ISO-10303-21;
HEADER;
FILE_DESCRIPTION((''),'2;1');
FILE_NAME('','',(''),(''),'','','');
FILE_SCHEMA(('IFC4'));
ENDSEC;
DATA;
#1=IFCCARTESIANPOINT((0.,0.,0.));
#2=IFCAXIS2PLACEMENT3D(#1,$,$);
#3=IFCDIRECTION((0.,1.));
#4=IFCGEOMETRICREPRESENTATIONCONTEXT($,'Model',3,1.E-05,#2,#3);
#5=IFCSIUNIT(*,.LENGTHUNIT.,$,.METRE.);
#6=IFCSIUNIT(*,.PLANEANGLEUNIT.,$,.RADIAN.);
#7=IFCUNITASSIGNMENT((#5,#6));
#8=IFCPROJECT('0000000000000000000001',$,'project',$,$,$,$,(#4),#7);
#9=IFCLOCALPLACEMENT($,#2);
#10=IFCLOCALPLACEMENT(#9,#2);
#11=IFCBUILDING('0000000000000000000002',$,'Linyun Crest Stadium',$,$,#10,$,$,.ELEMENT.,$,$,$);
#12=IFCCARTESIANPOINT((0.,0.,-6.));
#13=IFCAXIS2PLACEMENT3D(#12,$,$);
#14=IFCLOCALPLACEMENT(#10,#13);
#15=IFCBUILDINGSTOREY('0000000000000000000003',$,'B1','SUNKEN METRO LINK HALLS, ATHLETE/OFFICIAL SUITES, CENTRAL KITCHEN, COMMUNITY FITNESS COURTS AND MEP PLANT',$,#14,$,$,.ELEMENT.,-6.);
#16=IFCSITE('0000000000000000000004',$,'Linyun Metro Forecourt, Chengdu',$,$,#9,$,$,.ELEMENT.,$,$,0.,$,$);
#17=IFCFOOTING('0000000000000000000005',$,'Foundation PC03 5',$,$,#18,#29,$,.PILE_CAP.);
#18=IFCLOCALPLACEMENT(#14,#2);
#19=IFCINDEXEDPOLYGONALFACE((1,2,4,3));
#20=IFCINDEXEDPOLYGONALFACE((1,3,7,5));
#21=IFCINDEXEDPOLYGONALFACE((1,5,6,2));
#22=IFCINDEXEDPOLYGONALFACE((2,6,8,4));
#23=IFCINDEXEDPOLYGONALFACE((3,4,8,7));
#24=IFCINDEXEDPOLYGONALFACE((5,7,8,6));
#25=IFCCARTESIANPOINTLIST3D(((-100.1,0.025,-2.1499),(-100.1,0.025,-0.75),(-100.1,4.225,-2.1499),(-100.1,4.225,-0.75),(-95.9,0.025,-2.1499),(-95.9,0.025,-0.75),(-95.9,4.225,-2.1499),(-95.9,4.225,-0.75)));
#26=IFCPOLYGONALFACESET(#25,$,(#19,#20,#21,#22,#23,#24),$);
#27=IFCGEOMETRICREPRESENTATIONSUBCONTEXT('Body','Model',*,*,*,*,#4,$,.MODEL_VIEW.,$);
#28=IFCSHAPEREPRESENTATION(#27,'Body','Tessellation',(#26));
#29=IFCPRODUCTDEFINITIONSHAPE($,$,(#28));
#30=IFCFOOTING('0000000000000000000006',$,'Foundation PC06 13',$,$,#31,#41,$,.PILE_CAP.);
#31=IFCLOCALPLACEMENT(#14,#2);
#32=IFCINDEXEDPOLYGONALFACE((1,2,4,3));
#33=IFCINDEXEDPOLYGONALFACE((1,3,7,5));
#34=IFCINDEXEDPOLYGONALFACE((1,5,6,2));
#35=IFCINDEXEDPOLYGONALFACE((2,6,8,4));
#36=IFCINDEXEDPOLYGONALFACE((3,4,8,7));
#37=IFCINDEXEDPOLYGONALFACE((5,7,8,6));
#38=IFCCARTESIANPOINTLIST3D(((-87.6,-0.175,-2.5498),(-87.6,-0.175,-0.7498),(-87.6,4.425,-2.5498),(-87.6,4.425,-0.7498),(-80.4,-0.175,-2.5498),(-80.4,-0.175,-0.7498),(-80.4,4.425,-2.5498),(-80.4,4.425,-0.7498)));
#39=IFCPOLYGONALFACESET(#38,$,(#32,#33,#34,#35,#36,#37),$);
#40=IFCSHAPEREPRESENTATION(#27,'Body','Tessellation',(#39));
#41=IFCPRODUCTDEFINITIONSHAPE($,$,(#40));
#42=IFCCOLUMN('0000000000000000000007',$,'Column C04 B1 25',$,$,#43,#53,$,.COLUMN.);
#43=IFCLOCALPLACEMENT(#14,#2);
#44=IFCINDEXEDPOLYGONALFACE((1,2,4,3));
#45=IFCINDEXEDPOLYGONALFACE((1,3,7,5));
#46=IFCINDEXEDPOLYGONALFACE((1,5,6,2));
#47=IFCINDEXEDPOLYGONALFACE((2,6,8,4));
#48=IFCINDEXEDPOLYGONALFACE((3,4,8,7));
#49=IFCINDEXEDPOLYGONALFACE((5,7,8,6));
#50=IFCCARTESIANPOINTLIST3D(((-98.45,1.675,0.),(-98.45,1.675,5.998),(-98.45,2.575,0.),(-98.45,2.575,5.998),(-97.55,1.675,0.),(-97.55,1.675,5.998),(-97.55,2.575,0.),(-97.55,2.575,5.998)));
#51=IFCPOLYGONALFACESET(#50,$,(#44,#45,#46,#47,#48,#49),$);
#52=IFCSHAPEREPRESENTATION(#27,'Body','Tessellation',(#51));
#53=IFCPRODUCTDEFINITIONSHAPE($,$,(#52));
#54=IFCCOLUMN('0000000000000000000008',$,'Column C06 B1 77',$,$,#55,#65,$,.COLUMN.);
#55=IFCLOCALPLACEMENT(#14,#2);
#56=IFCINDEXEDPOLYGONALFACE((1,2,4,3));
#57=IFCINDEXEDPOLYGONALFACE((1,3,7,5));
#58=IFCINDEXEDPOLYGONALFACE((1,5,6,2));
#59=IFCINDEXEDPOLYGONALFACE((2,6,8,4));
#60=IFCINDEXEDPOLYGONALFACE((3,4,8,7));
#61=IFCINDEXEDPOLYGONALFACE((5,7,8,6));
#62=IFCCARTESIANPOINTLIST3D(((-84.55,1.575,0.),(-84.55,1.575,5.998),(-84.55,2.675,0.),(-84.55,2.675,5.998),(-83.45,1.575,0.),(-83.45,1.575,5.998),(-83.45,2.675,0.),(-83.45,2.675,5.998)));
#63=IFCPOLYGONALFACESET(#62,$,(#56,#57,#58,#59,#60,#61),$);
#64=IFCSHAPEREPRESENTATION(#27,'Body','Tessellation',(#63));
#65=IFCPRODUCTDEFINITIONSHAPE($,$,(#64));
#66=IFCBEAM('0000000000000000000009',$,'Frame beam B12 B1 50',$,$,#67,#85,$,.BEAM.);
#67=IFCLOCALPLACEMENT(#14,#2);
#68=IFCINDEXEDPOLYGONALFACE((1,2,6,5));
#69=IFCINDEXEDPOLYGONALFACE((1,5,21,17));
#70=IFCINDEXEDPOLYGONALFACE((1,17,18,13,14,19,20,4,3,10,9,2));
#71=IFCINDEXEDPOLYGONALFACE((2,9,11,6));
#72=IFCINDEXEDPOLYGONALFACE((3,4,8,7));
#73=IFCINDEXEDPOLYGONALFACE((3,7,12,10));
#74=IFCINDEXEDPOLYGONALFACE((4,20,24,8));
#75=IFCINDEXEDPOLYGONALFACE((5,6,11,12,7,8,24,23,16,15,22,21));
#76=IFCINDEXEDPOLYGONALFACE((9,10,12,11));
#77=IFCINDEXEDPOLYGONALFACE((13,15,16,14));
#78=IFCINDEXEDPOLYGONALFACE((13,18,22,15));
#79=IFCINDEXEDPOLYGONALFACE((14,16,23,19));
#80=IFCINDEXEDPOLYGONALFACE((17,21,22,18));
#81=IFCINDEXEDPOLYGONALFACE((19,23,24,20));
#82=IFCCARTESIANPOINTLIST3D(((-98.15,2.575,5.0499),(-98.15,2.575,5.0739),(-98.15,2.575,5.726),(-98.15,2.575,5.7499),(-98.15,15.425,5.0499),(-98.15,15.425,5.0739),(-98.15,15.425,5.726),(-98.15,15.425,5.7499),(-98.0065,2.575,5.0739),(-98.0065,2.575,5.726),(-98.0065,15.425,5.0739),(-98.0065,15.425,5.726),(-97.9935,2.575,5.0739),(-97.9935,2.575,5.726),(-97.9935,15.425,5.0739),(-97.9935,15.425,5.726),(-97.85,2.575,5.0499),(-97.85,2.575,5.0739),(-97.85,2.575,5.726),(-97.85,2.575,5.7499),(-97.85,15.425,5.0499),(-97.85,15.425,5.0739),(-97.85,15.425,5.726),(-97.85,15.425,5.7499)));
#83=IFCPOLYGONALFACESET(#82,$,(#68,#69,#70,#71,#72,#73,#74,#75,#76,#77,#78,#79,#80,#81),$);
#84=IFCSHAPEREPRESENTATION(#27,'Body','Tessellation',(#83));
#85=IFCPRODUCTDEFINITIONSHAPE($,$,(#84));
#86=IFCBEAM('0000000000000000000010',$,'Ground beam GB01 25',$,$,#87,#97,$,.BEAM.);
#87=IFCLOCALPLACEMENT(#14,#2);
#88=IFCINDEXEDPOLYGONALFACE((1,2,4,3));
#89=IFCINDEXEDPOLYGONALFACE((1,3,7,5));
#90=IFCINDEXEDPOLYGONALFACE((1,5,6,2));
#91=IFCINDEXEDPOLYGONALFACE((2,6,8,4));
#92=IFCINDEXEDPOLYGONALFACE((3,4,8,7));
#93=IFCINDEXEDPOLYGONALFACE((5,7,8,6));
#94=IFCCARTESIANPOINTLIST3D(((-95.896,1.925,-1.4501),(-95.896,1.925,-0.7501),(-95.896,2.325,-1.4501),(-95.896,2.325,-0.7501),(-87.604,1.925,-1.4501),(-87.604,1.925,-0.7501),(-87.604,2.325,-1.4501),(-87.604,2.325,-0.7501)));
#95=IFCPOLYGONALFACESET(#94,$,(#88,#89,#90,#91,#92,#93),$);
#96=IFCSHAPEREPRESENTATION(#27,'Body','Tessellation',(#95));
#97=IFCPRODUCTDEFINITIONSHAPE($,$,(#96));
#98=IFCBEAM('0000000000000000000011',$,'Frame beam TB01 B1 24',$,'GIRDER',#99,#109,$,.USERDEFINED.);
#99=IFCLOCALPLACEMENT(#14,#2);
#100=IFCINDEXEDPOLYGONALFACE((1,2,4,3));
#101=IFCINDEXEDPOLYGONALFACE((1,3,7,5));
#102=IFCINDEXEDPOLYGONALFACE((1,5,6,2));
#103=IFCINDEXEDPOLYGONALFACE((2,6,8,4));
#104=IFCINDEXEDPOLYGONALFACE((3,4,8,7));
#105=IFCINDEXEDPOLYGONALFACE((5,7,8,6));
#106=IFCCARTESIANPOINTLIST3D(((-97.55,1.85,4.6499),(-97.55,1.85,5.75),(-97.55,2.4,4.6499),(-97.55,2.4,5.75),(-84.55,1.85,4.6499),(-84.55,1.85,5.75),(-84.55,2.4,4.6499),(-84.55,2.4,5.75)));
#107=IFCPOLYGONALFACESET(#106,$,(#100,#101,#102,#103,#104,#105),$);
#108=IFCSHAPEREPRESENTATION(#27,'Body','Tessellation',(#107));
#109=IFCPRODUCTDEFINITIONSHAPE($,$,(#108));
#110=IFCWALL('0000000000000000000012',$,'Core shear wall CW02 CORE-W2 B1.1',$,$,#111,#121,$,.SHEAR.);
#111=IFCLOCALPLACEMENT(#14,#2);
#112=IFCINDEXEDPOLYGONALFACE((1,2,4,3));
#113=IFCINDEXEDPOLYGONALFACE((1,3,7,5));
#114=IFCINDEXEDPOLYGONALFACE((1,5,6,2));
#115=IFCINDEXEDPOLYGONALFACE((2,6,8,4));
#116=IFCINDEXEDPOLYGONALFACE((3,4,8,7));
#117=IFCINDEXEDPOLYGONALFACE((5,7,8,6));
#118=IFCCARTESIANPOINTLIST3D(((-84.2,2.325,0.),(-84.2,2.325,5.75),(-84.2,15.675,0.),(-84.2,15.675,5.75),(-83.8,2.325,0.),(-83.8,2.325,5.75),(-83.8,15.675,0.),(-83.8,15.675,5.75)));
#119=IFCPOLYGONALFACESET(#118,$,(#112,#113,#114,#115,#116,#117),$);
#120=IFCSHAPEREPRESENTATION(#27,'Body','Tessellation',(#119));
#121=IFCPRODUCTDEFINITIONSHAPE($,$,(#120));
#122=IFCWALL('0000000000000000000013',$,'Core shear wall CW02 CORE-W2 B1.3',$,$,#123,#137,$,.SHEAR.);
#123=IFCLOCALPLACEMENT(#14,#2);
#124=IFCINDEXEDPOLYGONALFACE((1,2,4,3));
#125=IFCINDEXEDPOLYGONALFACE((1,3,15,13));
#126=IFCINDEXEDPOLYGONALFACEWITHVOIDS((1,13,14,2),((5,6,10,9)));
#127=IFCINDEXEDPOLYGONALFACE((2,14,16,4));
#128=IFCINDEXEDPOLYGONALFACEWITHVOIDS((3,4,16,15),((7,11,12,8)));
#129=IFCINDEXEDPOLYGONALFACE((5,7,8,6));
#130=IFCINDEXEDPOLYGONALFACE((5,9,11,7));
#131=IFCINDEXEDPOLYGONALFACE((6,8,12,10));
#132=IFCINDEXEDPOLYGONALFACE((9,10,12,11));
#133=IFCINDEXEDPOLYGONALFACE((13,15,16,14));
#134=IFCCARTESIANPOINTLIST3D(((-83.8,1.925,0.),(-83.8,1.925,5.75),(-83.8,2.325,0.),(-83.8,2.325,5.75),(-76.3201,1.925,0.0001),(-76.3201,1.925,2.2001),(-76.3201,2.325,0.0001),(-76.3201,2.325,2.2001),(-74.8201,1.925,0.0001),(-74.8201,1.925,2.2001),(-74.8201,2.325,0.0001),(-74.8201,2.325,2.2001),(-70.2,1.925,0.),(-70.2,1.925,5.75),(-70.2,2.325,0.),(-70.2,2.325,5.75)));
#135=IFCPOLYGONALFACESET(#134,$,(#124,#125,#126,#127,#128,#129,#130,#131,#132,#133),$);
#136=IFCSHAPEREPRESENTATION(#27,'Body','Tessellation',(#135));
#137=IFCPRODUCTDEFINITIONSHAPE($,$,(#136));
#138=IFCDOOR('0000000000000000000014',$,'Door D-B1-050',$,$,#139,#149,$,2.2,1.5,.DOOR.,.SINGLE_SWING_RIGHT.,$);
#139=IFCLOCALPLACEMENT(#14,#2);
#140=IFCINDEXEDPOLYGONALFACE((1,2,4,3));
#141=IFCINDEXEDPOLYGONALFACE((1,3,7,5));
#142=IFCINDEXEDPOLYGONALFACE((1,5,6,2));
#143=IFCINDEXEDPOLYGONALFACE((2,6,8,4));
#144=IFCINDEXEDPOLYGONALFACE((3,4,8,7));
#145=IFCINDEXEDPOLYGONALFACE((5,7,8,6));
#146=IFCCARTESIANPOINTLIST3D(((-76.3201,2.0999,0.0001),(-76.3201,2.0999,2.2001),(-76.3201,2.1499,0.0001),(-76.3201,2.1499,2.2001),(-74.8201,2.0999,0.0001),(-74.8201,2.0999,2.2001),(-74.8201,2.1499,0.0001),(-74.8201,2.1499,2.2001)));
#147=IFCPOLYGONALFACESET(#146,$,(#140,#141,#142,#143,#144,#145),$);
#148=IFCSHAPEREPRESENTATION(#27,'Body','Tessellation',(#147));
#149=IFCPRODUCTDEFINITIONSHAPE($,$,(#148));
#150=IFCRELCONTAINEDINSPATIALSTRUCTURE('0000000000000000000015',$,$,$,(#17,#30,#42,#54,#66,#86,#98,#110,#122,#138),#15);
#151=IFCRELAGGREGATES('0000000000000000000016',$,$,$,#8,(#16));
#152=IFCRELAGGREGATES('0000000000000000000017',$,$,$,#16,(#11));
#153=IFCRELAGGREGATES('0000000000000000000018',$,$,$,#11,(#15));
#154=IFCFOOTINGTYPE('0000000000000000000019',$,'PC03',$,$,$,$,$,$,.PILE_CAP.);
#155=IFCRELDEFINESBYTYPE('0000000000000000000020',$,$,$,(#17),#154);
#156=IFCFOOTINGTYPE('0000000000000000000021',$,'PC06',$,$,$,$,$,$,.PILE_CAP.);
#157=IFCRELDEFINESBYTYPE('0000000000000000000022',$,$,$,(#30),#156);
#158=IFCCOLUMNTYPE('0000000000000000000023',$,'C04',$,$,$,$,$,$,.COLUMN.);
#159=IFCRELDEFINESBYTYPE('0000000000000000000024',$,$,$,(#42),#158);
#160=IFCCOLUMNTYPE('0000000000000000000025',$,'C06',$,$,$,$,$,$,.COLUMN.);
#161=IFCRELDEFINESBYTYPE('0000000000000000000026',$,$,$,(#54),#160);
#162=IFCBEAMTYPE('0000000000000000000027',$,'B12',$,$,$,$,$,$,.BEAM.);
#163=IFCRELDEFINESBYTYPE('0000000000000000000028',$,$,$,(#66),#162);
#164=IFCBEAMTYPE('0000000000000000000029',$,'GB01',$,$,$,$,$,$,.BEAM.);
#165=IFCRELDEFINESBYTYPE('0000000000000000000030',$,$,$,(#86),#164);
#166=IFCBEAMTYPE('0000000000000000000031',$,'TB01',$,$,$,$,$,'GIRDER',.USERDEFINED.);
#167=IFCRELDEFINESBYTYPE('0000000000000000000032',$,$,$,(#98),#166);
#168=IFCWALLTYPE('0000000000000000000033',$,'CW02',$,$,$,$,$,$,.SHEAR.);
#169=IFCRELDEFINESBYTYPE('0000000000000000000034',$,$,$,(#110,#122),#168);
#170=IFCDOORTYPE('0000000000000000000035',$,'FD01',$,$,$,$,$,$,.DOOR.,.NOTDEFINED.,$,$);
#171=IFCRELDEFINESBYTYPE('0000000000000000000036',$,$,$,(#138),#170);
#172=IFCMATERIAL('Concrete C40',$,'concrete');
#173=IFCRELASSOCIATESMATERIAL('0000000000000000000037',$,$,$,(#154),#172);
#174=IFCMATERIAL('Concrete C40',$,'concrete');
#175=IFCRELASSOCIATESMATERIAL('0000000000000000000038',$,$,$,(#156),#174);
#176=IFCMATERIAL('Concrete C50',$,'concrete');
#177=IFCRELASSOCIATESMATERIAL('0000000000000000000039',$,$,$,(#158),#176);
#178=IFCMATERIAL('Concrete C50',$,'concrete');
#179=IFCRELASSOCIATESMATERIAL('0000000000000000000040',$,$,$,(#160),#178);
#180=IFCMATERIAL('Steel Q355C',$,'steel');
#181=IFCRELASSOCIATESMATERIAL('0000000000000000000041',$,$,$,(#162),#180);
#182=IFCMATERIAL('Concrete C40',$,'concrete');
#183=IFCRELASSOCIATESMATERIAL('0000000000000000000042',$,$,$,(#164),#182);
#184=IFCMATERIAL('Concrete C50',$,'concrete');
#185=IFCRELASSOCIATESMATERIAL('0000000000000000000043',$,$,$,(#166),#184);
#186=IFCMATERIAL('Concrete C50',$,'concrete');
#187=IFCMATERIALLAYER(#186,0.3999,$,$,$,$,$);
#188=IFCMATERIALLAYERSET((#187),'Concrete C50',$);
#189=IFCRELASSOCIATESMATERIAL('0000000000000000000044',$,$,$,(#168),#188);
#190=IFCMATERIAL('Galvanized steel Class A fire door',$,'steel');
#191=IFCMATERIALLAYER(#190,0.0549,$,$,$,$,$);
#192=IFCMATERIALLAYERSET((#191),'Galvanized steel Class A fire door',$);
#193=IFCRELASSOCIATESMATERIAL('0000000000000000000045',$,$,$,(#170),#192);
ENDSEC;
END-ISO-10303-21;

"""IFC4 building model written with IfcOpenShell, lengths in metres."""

from ifc_helpers import new_model, si_unit, direction, frame, frame_2d, origin, origin_2d, place, context, subcontext, project, spatial, rectangle, i_section, extrude, material, layer, layer_set, material_profile, profile_set, type_object, element, fill, save


model = new_model("IFC4")

# Units and contexts
model_context = context("Model", 3, precision=1e-05, world=origin(), true_north=direction((0.0, 1.0)))
body_context = subcontext(model_context, "Body", "Model", "MODEL_VIEW")
ifc_project = project(units=[si_unit("LENGTHUNIT", "METRE"), si_unit("PLANEANGLEUNIT", "RADIAN")], contexts=[model_context])

# Site, building, storey
site_placement = place(None, origin())
site = spatial("IfcSite", under=ifc_project, at=site_placement, Name="Linyun Metro Forecourt, Chengdu", CompositionType="ELEMENT", RefElevation=0.0)
building_placement = place(site_placement, origin())
building = spatial("IfcBuilding", under=site, at=building_placement, Name="Linyun Crest Stadium", CompositionType="ELEMENT")
storey_placement = place(building_placement, frame((0.0, 0.0, -6.0)))
storey = spatial("IfcBuildingStorey", under=building, at=storey_placement, Name="B1", Description="SUNKEN METRO LINK HALLS, ATHLETE/OFFICIAL SUITES, CENTRAL KITCHEN, COMMUNITY FITNESS COURTS AND MEP PLANT", CompositionType="ELEMENT", Elevation=-6.0)

# Footings
ifc_material_1 = material(Name="Concrete C40", Category="concrete")
footing_type_1 = type_object("IfcFootingType", Name="PC03", PredefinedType="PILE_CAP", material=ifc_material_1)
footing_1_placement = place(storey_placement, frame((-98.0, 2.125, -2.1499), z_axis=(0.0, 0.0, 1.0), x_axis=(1.0, 0.0, 0.0)))
element("IfcFooting", 1, at=footing_1_placement, inside=storey, type_object=footing_type_1, Name="Foundation PC03 5", PredefinedType="PILE_CAP", context=body_context, shape_type="SweptSolid", body=[
    extrude(rectangle(XDim=4.2, YDim=4.2, at=origin_2d()), origin(), (0.0, 0.0, 1.0), 1.3999),
])
ifc_material_2 = material(Name="Concrete C40", Category="concrete")
footing_type_2 = type_object("IfcFootingType", Name="PC06", PredefinedType="PILE_CAP", material=ifc_material_2)
footing_2_placement = place(storey_placement, frame((-84.0, 2.125, -2.5498), z_axis=(0.0, 0.0, 1.0), x_axis=(1.0, 0.0, 0.0)))
element("IfcFooting", 2, at=footing_2_placement, inside=storey, type_object=footing_type_2, Name="Foundation PC06 13", PredefinedType="PILE_CAP", context=body_context, shape_type="SweptSolid", body=[
    extrude(rectangle(XDim=7.2, YDim=4.6001, at=origin_2d()), origin(), (0.0, 0.0, 1.0), 1.8),
])

# Columns
ifc_material_3 = material(Name="Concrete C50", Category="concrete")
ifc_material_profile_1 = material_profile(ifc_material_3, rectangle(XDim=0.8999, YDim=0.8999, at=origin_2d()), Name="RC 900x900")
ifc_profile_set_1 = profile_set([ifc_material_profile_1], Name="Concrete C50")
column_type_1 = type_object("IfcColumnType", Name="C04", PredefinedType="COLUMN", material=ifc_profile_set_1)
column_1_placement = place(storey_placement, frame((-98.0, 2.125, 0.0), z_axis=(0.0, 0.0, 1.0), x_axis=(1.0, 0.0, 0.0)))
element("IfcColumn", 3, at=column_1_placement, inside=storey, type_object=column_type_1, Name="Column C04 B1 25", PredefinedType="COLUMN", context=body_context, shape_type="SweptSolid", body=[
    extrude(rectangle(XDim=0.8999, YDim=0.8999, at=origin_2d()), origin(), (0.0, 0.0, 1.0), 5.998),
])
ifc_material_4 = material(Name="Concrete C50", Category="concrete")
ifc_material_profile_2 = material_profile(ifc_material_4, rectangle(XDim=1.1001, YDim=1.1001, at=origin_2d()), Name="RC 1100x1100")
ifc_profile_set_2 = profile_set([ifc_material_profile_2], Name="Concrete C50")
column_type_2 = type_object("IfcColumnType", Name="C06", PredefinedType="COLUMN", material=ifc_profile_set_2)
column_2_placement = place(storey_placement, frame((-84.0, 2.125, 0.0), z_axis=(0.0, 0.0, 1.0), x_axis=(1.0, 0.0, 0.0)))
element("IfcColumn", 4, at=column_2_placement, inside=storey, type_object=column_type_2, Name="Column C06 B1 77", PredefinedType="COLUMN", context=body_context, shape_type="SweptSolid", body=[
    extrude(rectangle(XDim=1.1001, YDim=1.1001, at=origin_2d()), origin(), (0.0, 0.0, 1.0), 5.998),
])

# Beams
ifc_material_5 = material(Name="Steel Q355C", Category="steel")
ifc_material_profile_3 = material_profile(ifc_material_5, i_section(OverallWidth=0.3, OverallDepth=0.7, WebThickness=0.0129, FlangeThickness=0.0239, at=origin_2d()), Name="HN 700x300")
ifc_profile_set_3 = profile_set([ifc_material_profile_3], Name="Steel Q355C")
beam_type_1 = type_object("IfcBeamType", Name="B12", PredefinedType="BEAM", material=ifc_profile_set_3)
beam_1_placement = place(storey_placement, frame((-98.0, 2.575, 5.3999), z_axis=(0.0, 1.0, 0.0), x_axis=(-1.0, 0.0, 0.0)))
element("IfcBeam", 5, at=beam_1_placement, inside=storey, type_object=beam_type_1, Name="Frame beam B12 B1 50", PredefinedType="BEAM", context=body_context, shape_type="SweptSolid", body=[
    extrude(i_section(OverallWidth=0.3, OverallDepth=0.7, WebThickness=0.0129, FlangeThickness=0.0239, at=origin_2d()), origin(), (0.0, 0.0, 1.0), 12.8501),
])
ifc_material_6 = material(Name="Concrete C40", Category="concrete")
ifc_material_profile_4 = material_profile(ifc_material_6, rectangle(XDim=0.3999, YDim=0.7, at=origin_2d()), Name="RCB 700x400")
ifc_profile_set_4 = profile_set([ifc_material_profile_4], Name="Concrete C40")
beam_type_2 = type_object("IfcBeamType", Name="GB01", PredefinedType="BEAM", material=ifc_profile_set_4)
beam_2_placement = place(storey_placement, frame((-95.896, 2.125, -1.1001), z_axis=(1.0, 0.0, 0.0), x_axis=(0.0, 1.0, 0.0)))
element("IfcBeam", 6, at=beam_2_placement, inside=storey, type_object=beam_type_2, Name="Ground beam GB01 25", PredefinedType="BEAM", context=body_context, shape_type="SweptSolid", body=[
    extrude(rectangle(XDim=0.3999, YDim=0.7, at=origin_2d()), origin(), (0.0, 0.0, 1.0), 8.292),
])
ifc_material_7 = material(Name="Concrete C50", Category="concrete")
ifc_material_profile_5 = material_profile(ifc_material_7, rectangle(XDim=0.55, YDim=1.1001, at=origin_2d()), Name="RCB 1100x550")
ifc_profile_set_5 = profile_set([ifc_material_profile_5], Name="Concrete C50")
beam_type_3 = type_object("IfcBeamType", Name="TB01", ElementType="GIRDER", PredefinedType="USERDEFINED", material=ifc_profile_set_5)
beam_3_placement = place(storey_placement, frame((-97.55, 2.125, 5.2), z_axis=(1.0, 0.0, 0.0), x_axis=(0.0, 1.0, 0.0)))
element("IfcBeam", 7, at=beam_3_placement, inside=storey, type_object=beam_type_3, Name="Frame beam TB01 B1 24", ObjectType="GIRDER", PredefinedType="USERDEFINED", context=body_context, shape_type="SweptSolid", body=[
    extrude(rectangle(XDim=0.55, YDim=1.1001, at=origin_2d()), origin(), (0.0, 0.0, 1.0), 13.0),
])

# Wall
ifc_material_8 = material(Name="Concrete C50", Category="concrete")
ifc_layer_1 = layer(ifc_material_8, 0.3999)
ifc_layer_set_1 = layer_set([ifc_layer_1], Name="Concrete C50")
wall_type_1 = type_object("IfcWallType", Name="CW02", PredefinedType="SHEAR", material=ifc_layer_set_1)
wall_1_placement = place(storey_placement, frame((-84.0, 2.325, 0.0), z_axis=(0.0, 0.0, 1.0), x_axis=(0.0, 1.0, 0.0)))
element("IfcWall", 8, at=wall_1_placement, inside=storey, type_object=wall_type_1, Name="Core shear wall CW02 CORE-W2 B1.1", PredefinedType="SHEAR", context=body_context, shape_type="SweptSolid", body=[
    extrude(rectangle(XDim=13.3501, YDim=0.3999, at=frame_2d((6.675, 0.0))), origin(), (0.0, 0.0, 1.0), 5.75),
])

# Wall, opening, door
wall_2_placement = place(storey_placement, frame((-83.8, 2.125, 0.0), z_axis=(0.0, 0.0, 1.0), x_axis=(1.0, 0.0, 0.0)))
wall_2 = element("IfcWall", 9, at=wall_2_placement, inside=storey, type_object=wall_type_1, Name="Core shear wall CW02 CORE-W2 B1.3", PredefinedType="SHEAR", context=body_context, shape_type="SweptSolid", body=[
    extrude(rectangle(XDim=13.6001, YDim=0.3999, at=frame_2d((6.8, 0.0))), origin(), (0.0, 0.0, 1.0), 5.75),
])
opening_1_placement = place(wall_2_placement, frame((7.48, 0.0, 0.0)))
opening_1 = element("IfcOpeningElement", 10, at=opening_1_placement, cuts=wall_2, PredefinedType="OPENING", context=body_context, shape_type="SweptSolid", body=[
    extrude(rectangle(XDim=1.5, YDim=2.2, at=frame_2d((0.75, 1.1001))), frame((0.0, 0.21, 0.0), z_axis=(0.0, -1.0, 0.0), x_axis=(1.0, 0.0, 0.0)), (0.0, 0.0, 1.0), 0.4199),
])
ifc_material_9 = material(Name="Galvanized steel Class A fire door", Category="steel")
ifc_layer_2 = layer(ifc_material_9, 0.0549)
ifc_layer_set_2 = layer_set([ifc_layer_2], Name="Galvanized steel Class A fire door")
door_type_1 = type_object("IfcDoorType", Name="FD01", OperationType="NOTDEFINED", PredefinedType="DOOR", material=ifc_layer_set_2)
door_1_placement = place(opening_1_placement, origin())
door_1 = element("IfcDoor", 11, at=door_1_placement, inside=storey, type_object=door_type_1, Name="Door D-B1-050", OperationType="SINGLE_SWING_RIGHT", OverallHeight=2.2, OverallWidth=1.5, PredefinedType="DOOR", context=body_context, shape_type="SweptSolid", body=[
    extrude(rectangle(XDim=1.5, YDim=2.2, at=frame_2d((0.75, 1.1001))), frame((0.0, 0.0249, 0.0), z_axis=(0.0, -1.0, 0.0), x_axis=(1.0, 0.0, 0.0)), (0.0, 0.0, 1.0), 0.05),
])
fill(opening_1, door_1)

save(model, "model.ifc")
